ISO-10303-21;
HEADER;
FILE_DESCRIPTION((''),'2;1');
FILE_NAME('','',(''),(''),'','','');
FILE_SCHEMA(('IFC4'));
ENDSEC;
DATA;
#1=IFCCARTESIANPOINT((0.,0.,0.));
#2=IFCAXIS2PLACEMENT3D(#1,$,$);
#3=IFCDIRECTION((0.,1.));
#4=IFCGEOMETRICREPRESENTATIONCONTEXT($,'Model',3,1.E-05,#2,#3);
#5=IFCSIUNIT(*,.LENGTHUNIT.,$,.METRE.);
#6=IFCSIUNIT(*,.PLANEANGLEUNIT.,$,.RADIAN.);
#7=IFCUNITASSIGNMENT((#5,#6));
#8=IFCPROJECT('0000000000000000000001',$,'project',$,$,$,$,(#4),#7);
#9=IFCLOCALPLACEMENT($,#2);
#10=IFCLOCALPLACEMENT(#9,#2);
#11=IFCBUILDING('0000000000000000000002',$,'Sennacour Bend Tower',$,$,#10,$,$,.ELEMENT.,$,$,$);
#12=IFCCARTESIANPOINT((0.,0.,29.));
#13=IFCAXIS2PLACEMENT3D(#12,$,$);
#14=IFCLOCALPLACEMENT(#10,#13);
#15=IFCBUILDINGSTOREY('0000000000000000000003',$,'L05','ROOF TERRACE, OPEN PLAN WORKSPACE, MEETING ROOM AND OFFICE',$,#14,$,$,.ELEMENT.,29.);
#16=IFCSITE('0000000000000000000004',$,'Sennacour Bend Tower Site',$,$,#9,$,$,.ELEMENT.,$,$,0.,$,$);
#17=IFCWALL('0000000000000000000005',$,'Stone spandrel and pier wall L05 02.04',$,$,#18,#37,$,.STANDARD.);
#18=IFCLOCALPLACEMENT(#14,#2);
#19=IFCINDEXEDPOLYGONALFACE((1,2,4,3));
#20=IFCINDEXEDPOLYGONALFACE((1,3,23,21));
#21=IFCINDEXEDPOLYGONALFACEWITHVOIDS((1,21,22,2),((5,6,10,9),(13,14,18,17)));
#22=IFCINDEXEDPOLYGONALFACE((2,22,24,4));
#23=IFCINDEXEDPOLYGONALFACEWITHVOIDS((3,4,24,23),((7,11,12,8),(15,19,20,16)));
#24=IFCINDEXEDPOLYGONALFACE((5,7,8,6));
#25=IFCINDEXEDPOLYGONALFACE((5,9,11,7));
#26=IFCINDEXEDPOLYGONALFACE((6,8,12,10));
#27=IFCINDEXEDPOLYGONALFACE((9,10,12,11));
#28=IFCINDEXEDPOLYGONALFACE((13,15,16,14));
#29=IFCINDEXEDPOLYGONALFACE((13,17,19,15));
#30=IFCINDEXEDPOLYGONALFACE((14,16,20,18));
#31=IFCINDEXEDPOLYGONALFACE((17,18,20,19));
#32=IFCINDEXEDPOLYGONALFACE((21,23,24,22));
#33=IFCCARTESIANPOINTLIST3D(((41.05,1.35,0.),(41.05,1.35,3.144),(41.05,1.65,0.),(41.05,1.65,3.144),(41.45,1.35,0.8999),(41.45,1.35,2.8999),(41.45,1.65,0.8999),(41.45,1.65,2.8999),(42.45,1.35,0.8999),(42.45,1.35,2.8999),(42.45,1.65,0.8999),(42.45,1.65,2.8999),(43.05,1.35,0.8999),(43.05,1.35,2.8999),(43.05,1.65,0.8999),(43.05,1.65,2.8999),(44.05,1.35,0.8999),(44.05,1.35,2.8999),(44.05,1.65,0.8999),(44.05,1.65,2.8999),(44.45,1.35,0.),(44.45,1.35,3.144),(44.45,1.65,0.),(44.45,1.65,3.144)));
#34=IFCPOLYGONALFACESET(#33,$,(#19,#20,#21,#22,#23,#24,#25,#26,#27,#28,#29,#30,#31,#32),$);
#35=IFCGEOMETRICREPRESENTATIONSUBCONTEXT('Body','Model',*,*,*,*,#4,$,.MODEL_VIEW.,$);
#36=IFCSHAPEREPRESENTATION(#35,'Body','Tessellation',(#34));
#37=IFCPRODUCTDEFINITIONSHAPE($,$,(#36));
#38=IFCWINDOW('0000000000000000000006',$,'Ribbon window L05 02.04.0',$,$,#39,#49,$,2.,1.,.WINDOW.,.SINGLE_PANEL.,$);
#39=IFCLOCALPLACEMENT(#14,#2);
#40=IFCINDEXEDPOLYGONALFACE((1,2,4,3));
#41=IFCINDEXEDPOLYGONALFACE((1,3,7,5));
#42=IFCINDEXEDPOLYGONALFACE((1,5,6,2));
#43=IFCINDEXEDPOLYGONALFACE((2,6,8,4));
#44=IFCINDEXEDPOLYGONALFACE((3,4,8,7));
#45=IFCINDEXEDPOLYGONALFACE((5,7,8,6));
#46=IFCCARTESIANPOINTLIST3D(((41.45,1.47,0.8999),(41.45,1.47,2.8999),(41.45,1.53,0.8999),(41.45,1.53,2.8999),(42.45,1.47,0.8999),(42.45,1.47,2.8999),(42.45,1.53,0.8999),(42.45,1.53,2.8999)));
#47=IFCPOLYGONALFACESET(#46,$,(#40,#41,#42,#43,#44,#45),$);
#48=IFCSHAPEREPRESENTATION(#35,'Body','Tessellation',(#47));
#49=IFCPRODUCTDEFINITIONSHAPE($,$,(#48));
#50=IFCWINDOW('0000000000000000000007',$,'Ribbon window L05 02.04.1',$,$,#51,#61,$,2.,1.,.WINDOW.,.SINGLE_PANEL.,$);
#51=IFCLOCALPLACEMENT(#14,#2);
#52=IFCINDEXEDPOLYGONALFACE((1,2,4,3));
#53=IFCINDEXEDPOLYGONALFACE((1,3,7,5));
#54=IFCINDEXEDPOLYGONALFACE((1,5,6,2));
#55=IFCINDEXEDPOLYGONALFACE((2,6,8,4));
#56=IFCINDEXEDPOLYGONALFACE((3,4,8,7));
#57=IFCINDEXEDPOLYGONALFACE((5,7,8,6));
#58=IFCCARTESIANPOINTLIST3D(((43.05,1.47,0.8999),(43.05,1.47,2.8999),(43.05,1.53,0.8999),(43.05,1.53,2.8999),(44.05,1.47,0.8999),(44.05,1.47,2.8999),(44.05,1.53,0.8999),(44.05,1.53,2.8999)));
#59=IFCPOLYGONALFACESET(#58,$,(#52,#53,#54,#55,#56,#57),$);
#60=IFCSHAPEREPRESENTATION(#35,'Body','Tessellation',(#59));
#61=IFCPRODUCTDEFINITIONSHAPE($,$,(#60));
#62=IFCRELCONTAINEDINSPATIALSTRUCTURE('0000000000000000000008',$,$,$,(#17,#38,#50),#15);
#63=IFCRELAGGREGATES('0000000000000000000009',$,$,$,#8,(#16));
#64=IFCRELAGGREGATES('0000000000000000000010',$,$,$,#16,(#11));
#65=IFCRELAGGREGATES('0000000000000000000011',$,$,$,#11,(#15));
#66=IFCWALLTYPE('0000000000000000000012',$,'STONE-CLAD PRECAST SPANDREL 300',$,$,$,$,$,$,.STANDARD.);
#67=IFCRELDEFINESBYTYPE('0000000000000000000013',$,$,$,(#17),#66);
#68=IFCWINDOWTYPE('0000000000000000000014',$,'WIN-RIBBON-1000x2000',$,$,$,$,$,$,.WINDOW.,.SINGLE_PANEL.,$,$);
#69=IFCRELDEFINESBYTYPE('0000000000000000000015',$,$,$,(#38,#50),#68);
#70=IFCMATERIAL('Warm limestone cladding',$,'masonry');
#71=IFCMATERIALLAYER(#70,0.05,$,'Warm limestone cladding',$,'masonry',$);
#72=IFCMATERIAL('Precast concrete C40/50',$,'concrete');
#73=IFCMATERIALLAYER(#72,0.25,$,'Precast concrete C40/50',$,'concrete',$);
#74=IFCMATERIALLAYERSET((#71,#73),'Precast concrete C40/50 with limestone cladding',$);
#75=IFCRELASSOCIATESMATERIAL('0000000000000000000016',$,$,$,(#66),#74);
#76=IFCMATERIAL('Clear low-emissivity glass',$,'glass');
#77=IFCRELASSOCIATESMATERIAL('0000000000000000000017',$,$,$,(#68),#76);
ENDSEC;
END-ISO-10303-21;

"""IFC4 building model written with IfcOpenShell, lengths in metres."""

from ifc_helpers import new_model, si_unit, direction, frame, frame_2d, origin, place, context, subcontext, project, spatial, rectangle, extrude, material, layer, layer_set, type_object, element, fill, save


model = new_model("IFC4")

# Units and contexts
model_context = context("Model", 3, precision=1e-05, world=origin(), true_north=direction((0.0, 1.0)))
body_context = subcontext(model_context, "Body", "Model", "MODEL_VIEW")
ifc_project = project(units=[si_unit("LENGTHUNIT", "METRE"), si_unit("PLANEANGLEUNIT", "RADIAN")], contexts=[model_context])

# Site, building, storey
site_placement = place(None, origin())
site = spatial("IfcSite", under=ifc_project, at=site_placement, Name="Sennacour Bend Tower Site", CompositionType="ELEMENT", RefElevation=0.0)
building_placement = place(site_placement, origin())
building = spatial("IfcBuilding", under=site, at=building_placement, Name="Sennacour Bend Tower", CompositionType="ELEMENT")
storey_placement = place(building_placement, frame((0.0, 0.0, 29.0)))
storey = spatial("IfcBuildingStorey", under=building, at=storey_placement, Name="L05", Description="ROOF TERRACE, OPEN PLAN WORKSPACE, MEETING ROOM AND OFFICE", CompositionType="ELEMENT", Elevation=29.0)

# Wall, openings, windows
ifc_material_1 = material(Name="Warm limestone cladding", Category="masonry")
ifc_layer_1 = layer(ifc_material_1, 0.05, Name="Warm limestone cladding", Category="masonry")
ifc_material_2 = material(Name="Precast concrete C40/50", Category="concrete")
ifc_layer_2 = layer(ifc_material_2, 0.25, Name="Precast concrete C40/50", Category="concrete")
ifc_layer_set_1 = layer_set([ifc_layer_1, ifc_layer_2], Name="Precast concrete C40/50 with limestone cladding")
wall_type_1 = type_object("IfcWallType", Name="STONE-CLAD PRECAST SPANDREL 300", PredefinedType="STANDARD", material=ifc_layer_set_1)
ifc_material_3 = material(Name="Clear low-emissivity glass", Category="glass")
window_type = type_object("IfcWindowType", Name="WIN-RIBBON-1000x2000", PartitioningType="SINGLE_PANEL", PredefinedType="WINDOW", material=ifc_material_3)
wall_1_placement = place(storey_placement, frame((41.05, 1.5, 0.0), z_axis=(0.0, 0.0, 1.0), x_axis=(1.0, 0.0, 0.0)))
wall_1 = element("IfcWall", 1, at=wall_1_placement, inside=storey, type_object=wall_type_1, Name="Stone spandrel and pier wall L05 02.04", PredefinedType="STANDARD", context=body_context, shape_type="SweptSolid", body=[
    extrude(rectangle(XDim=3.3999, YDim=0.3, at=frame_2d((1.7, 0.0))), origin(), (0.0, 0.0, 1.0), 3.144),
])
opening_1_placement = place(wall_1_placement, frame((0.3999, 0.0, 0.8999)))
opening_1 = element("IfcOpeningElement", 2, at=opening_1_placement, cuts=wall_1, PredefinedType="OPENING", context=body_context, shape_type="SweptSolid", body=[
    extrude(rectangle(XDim=1.0, YDim=2.0, at=frame_2d((0.5, 1.0))), frame((0.0, 0.1602, 0.0), z_axis=(0.0, -1.0, 0.0), x_axis=(1.0, 0.0, 0.0)), (0.0, 0.0, 1.0), 0.3201),
])
opening_2_placement = place(wall_1_placement, frame((2.0, 0.0, 0.8999)))
opening_2 = element("IfcOpeningElement", 3, at=opening_2_placement, cuts=wall_1, PredefinedType="OPENING", context=body_context, shape_type="SweptSolid", body=[
    extrude(rectangle(XDim=1.0, YDim=2.0, at=frame_2d((0.5, 1.0))), frame((0.0, 0.1602, 0.0), z_axis=(0.0, -1.0, 0.0), x_axis=(1.0, 0.0, 0.0)), (0.0, 0.0, 1.0), 0.3201),
])
window_1_placement = place(opening_1_placement, origin())
window_1 = element("IfcWindow", 4, at=window_1_placement, inside=storey, type_object=window_type, Name="Ribbon window L05 02.04.0", OverallHeight=2.0, OverallWidth=1.0, PartitioningType="SINGLE_PANEL", PredefinedType="WINDOW", context=body_context, shape_type="SweptSolid", body=[
    extrude(rectangle(XDim=1.0, YDim=2.0, at=frame_2d((0.5, 1.0))), frame((0.0, 0.03, 0.0), z_axis=(0.0, -1.0, 0.0), x_axis=(1.0, 0.0, 0.0)), (0.0, 0.0, 1.0), 0.0601),
])
fill(opening_1, window_1)
window_2_placement = place(opening_2_placement, origin())
window_2 = element("IfcWindow", 5, at=window_2_placement, inside=storey, type_object=window_type, Name="Ribbon window L05 02.04.1", OverallHeight=2.0, OverallWidth=1.0, PartitioningType="SINGLE_PANEL", PredefinedType="WINDOW", context=body_context, shape_type="SweptSolid", body=[
    extrude(rectangle(XDim=1.0, YDim=2.0, at=frame_2d((0.5, 1.0))), frame((0.0, 0.03, 0.0), z_axis=(0.0, -1.0, 0.0), x_axis=(1.0, 0.0, 0.0)), (0.0, 0.0, 1.0), 0.0601),
])
fill(opening_2, window_2)

save(model, "model.ifc")
